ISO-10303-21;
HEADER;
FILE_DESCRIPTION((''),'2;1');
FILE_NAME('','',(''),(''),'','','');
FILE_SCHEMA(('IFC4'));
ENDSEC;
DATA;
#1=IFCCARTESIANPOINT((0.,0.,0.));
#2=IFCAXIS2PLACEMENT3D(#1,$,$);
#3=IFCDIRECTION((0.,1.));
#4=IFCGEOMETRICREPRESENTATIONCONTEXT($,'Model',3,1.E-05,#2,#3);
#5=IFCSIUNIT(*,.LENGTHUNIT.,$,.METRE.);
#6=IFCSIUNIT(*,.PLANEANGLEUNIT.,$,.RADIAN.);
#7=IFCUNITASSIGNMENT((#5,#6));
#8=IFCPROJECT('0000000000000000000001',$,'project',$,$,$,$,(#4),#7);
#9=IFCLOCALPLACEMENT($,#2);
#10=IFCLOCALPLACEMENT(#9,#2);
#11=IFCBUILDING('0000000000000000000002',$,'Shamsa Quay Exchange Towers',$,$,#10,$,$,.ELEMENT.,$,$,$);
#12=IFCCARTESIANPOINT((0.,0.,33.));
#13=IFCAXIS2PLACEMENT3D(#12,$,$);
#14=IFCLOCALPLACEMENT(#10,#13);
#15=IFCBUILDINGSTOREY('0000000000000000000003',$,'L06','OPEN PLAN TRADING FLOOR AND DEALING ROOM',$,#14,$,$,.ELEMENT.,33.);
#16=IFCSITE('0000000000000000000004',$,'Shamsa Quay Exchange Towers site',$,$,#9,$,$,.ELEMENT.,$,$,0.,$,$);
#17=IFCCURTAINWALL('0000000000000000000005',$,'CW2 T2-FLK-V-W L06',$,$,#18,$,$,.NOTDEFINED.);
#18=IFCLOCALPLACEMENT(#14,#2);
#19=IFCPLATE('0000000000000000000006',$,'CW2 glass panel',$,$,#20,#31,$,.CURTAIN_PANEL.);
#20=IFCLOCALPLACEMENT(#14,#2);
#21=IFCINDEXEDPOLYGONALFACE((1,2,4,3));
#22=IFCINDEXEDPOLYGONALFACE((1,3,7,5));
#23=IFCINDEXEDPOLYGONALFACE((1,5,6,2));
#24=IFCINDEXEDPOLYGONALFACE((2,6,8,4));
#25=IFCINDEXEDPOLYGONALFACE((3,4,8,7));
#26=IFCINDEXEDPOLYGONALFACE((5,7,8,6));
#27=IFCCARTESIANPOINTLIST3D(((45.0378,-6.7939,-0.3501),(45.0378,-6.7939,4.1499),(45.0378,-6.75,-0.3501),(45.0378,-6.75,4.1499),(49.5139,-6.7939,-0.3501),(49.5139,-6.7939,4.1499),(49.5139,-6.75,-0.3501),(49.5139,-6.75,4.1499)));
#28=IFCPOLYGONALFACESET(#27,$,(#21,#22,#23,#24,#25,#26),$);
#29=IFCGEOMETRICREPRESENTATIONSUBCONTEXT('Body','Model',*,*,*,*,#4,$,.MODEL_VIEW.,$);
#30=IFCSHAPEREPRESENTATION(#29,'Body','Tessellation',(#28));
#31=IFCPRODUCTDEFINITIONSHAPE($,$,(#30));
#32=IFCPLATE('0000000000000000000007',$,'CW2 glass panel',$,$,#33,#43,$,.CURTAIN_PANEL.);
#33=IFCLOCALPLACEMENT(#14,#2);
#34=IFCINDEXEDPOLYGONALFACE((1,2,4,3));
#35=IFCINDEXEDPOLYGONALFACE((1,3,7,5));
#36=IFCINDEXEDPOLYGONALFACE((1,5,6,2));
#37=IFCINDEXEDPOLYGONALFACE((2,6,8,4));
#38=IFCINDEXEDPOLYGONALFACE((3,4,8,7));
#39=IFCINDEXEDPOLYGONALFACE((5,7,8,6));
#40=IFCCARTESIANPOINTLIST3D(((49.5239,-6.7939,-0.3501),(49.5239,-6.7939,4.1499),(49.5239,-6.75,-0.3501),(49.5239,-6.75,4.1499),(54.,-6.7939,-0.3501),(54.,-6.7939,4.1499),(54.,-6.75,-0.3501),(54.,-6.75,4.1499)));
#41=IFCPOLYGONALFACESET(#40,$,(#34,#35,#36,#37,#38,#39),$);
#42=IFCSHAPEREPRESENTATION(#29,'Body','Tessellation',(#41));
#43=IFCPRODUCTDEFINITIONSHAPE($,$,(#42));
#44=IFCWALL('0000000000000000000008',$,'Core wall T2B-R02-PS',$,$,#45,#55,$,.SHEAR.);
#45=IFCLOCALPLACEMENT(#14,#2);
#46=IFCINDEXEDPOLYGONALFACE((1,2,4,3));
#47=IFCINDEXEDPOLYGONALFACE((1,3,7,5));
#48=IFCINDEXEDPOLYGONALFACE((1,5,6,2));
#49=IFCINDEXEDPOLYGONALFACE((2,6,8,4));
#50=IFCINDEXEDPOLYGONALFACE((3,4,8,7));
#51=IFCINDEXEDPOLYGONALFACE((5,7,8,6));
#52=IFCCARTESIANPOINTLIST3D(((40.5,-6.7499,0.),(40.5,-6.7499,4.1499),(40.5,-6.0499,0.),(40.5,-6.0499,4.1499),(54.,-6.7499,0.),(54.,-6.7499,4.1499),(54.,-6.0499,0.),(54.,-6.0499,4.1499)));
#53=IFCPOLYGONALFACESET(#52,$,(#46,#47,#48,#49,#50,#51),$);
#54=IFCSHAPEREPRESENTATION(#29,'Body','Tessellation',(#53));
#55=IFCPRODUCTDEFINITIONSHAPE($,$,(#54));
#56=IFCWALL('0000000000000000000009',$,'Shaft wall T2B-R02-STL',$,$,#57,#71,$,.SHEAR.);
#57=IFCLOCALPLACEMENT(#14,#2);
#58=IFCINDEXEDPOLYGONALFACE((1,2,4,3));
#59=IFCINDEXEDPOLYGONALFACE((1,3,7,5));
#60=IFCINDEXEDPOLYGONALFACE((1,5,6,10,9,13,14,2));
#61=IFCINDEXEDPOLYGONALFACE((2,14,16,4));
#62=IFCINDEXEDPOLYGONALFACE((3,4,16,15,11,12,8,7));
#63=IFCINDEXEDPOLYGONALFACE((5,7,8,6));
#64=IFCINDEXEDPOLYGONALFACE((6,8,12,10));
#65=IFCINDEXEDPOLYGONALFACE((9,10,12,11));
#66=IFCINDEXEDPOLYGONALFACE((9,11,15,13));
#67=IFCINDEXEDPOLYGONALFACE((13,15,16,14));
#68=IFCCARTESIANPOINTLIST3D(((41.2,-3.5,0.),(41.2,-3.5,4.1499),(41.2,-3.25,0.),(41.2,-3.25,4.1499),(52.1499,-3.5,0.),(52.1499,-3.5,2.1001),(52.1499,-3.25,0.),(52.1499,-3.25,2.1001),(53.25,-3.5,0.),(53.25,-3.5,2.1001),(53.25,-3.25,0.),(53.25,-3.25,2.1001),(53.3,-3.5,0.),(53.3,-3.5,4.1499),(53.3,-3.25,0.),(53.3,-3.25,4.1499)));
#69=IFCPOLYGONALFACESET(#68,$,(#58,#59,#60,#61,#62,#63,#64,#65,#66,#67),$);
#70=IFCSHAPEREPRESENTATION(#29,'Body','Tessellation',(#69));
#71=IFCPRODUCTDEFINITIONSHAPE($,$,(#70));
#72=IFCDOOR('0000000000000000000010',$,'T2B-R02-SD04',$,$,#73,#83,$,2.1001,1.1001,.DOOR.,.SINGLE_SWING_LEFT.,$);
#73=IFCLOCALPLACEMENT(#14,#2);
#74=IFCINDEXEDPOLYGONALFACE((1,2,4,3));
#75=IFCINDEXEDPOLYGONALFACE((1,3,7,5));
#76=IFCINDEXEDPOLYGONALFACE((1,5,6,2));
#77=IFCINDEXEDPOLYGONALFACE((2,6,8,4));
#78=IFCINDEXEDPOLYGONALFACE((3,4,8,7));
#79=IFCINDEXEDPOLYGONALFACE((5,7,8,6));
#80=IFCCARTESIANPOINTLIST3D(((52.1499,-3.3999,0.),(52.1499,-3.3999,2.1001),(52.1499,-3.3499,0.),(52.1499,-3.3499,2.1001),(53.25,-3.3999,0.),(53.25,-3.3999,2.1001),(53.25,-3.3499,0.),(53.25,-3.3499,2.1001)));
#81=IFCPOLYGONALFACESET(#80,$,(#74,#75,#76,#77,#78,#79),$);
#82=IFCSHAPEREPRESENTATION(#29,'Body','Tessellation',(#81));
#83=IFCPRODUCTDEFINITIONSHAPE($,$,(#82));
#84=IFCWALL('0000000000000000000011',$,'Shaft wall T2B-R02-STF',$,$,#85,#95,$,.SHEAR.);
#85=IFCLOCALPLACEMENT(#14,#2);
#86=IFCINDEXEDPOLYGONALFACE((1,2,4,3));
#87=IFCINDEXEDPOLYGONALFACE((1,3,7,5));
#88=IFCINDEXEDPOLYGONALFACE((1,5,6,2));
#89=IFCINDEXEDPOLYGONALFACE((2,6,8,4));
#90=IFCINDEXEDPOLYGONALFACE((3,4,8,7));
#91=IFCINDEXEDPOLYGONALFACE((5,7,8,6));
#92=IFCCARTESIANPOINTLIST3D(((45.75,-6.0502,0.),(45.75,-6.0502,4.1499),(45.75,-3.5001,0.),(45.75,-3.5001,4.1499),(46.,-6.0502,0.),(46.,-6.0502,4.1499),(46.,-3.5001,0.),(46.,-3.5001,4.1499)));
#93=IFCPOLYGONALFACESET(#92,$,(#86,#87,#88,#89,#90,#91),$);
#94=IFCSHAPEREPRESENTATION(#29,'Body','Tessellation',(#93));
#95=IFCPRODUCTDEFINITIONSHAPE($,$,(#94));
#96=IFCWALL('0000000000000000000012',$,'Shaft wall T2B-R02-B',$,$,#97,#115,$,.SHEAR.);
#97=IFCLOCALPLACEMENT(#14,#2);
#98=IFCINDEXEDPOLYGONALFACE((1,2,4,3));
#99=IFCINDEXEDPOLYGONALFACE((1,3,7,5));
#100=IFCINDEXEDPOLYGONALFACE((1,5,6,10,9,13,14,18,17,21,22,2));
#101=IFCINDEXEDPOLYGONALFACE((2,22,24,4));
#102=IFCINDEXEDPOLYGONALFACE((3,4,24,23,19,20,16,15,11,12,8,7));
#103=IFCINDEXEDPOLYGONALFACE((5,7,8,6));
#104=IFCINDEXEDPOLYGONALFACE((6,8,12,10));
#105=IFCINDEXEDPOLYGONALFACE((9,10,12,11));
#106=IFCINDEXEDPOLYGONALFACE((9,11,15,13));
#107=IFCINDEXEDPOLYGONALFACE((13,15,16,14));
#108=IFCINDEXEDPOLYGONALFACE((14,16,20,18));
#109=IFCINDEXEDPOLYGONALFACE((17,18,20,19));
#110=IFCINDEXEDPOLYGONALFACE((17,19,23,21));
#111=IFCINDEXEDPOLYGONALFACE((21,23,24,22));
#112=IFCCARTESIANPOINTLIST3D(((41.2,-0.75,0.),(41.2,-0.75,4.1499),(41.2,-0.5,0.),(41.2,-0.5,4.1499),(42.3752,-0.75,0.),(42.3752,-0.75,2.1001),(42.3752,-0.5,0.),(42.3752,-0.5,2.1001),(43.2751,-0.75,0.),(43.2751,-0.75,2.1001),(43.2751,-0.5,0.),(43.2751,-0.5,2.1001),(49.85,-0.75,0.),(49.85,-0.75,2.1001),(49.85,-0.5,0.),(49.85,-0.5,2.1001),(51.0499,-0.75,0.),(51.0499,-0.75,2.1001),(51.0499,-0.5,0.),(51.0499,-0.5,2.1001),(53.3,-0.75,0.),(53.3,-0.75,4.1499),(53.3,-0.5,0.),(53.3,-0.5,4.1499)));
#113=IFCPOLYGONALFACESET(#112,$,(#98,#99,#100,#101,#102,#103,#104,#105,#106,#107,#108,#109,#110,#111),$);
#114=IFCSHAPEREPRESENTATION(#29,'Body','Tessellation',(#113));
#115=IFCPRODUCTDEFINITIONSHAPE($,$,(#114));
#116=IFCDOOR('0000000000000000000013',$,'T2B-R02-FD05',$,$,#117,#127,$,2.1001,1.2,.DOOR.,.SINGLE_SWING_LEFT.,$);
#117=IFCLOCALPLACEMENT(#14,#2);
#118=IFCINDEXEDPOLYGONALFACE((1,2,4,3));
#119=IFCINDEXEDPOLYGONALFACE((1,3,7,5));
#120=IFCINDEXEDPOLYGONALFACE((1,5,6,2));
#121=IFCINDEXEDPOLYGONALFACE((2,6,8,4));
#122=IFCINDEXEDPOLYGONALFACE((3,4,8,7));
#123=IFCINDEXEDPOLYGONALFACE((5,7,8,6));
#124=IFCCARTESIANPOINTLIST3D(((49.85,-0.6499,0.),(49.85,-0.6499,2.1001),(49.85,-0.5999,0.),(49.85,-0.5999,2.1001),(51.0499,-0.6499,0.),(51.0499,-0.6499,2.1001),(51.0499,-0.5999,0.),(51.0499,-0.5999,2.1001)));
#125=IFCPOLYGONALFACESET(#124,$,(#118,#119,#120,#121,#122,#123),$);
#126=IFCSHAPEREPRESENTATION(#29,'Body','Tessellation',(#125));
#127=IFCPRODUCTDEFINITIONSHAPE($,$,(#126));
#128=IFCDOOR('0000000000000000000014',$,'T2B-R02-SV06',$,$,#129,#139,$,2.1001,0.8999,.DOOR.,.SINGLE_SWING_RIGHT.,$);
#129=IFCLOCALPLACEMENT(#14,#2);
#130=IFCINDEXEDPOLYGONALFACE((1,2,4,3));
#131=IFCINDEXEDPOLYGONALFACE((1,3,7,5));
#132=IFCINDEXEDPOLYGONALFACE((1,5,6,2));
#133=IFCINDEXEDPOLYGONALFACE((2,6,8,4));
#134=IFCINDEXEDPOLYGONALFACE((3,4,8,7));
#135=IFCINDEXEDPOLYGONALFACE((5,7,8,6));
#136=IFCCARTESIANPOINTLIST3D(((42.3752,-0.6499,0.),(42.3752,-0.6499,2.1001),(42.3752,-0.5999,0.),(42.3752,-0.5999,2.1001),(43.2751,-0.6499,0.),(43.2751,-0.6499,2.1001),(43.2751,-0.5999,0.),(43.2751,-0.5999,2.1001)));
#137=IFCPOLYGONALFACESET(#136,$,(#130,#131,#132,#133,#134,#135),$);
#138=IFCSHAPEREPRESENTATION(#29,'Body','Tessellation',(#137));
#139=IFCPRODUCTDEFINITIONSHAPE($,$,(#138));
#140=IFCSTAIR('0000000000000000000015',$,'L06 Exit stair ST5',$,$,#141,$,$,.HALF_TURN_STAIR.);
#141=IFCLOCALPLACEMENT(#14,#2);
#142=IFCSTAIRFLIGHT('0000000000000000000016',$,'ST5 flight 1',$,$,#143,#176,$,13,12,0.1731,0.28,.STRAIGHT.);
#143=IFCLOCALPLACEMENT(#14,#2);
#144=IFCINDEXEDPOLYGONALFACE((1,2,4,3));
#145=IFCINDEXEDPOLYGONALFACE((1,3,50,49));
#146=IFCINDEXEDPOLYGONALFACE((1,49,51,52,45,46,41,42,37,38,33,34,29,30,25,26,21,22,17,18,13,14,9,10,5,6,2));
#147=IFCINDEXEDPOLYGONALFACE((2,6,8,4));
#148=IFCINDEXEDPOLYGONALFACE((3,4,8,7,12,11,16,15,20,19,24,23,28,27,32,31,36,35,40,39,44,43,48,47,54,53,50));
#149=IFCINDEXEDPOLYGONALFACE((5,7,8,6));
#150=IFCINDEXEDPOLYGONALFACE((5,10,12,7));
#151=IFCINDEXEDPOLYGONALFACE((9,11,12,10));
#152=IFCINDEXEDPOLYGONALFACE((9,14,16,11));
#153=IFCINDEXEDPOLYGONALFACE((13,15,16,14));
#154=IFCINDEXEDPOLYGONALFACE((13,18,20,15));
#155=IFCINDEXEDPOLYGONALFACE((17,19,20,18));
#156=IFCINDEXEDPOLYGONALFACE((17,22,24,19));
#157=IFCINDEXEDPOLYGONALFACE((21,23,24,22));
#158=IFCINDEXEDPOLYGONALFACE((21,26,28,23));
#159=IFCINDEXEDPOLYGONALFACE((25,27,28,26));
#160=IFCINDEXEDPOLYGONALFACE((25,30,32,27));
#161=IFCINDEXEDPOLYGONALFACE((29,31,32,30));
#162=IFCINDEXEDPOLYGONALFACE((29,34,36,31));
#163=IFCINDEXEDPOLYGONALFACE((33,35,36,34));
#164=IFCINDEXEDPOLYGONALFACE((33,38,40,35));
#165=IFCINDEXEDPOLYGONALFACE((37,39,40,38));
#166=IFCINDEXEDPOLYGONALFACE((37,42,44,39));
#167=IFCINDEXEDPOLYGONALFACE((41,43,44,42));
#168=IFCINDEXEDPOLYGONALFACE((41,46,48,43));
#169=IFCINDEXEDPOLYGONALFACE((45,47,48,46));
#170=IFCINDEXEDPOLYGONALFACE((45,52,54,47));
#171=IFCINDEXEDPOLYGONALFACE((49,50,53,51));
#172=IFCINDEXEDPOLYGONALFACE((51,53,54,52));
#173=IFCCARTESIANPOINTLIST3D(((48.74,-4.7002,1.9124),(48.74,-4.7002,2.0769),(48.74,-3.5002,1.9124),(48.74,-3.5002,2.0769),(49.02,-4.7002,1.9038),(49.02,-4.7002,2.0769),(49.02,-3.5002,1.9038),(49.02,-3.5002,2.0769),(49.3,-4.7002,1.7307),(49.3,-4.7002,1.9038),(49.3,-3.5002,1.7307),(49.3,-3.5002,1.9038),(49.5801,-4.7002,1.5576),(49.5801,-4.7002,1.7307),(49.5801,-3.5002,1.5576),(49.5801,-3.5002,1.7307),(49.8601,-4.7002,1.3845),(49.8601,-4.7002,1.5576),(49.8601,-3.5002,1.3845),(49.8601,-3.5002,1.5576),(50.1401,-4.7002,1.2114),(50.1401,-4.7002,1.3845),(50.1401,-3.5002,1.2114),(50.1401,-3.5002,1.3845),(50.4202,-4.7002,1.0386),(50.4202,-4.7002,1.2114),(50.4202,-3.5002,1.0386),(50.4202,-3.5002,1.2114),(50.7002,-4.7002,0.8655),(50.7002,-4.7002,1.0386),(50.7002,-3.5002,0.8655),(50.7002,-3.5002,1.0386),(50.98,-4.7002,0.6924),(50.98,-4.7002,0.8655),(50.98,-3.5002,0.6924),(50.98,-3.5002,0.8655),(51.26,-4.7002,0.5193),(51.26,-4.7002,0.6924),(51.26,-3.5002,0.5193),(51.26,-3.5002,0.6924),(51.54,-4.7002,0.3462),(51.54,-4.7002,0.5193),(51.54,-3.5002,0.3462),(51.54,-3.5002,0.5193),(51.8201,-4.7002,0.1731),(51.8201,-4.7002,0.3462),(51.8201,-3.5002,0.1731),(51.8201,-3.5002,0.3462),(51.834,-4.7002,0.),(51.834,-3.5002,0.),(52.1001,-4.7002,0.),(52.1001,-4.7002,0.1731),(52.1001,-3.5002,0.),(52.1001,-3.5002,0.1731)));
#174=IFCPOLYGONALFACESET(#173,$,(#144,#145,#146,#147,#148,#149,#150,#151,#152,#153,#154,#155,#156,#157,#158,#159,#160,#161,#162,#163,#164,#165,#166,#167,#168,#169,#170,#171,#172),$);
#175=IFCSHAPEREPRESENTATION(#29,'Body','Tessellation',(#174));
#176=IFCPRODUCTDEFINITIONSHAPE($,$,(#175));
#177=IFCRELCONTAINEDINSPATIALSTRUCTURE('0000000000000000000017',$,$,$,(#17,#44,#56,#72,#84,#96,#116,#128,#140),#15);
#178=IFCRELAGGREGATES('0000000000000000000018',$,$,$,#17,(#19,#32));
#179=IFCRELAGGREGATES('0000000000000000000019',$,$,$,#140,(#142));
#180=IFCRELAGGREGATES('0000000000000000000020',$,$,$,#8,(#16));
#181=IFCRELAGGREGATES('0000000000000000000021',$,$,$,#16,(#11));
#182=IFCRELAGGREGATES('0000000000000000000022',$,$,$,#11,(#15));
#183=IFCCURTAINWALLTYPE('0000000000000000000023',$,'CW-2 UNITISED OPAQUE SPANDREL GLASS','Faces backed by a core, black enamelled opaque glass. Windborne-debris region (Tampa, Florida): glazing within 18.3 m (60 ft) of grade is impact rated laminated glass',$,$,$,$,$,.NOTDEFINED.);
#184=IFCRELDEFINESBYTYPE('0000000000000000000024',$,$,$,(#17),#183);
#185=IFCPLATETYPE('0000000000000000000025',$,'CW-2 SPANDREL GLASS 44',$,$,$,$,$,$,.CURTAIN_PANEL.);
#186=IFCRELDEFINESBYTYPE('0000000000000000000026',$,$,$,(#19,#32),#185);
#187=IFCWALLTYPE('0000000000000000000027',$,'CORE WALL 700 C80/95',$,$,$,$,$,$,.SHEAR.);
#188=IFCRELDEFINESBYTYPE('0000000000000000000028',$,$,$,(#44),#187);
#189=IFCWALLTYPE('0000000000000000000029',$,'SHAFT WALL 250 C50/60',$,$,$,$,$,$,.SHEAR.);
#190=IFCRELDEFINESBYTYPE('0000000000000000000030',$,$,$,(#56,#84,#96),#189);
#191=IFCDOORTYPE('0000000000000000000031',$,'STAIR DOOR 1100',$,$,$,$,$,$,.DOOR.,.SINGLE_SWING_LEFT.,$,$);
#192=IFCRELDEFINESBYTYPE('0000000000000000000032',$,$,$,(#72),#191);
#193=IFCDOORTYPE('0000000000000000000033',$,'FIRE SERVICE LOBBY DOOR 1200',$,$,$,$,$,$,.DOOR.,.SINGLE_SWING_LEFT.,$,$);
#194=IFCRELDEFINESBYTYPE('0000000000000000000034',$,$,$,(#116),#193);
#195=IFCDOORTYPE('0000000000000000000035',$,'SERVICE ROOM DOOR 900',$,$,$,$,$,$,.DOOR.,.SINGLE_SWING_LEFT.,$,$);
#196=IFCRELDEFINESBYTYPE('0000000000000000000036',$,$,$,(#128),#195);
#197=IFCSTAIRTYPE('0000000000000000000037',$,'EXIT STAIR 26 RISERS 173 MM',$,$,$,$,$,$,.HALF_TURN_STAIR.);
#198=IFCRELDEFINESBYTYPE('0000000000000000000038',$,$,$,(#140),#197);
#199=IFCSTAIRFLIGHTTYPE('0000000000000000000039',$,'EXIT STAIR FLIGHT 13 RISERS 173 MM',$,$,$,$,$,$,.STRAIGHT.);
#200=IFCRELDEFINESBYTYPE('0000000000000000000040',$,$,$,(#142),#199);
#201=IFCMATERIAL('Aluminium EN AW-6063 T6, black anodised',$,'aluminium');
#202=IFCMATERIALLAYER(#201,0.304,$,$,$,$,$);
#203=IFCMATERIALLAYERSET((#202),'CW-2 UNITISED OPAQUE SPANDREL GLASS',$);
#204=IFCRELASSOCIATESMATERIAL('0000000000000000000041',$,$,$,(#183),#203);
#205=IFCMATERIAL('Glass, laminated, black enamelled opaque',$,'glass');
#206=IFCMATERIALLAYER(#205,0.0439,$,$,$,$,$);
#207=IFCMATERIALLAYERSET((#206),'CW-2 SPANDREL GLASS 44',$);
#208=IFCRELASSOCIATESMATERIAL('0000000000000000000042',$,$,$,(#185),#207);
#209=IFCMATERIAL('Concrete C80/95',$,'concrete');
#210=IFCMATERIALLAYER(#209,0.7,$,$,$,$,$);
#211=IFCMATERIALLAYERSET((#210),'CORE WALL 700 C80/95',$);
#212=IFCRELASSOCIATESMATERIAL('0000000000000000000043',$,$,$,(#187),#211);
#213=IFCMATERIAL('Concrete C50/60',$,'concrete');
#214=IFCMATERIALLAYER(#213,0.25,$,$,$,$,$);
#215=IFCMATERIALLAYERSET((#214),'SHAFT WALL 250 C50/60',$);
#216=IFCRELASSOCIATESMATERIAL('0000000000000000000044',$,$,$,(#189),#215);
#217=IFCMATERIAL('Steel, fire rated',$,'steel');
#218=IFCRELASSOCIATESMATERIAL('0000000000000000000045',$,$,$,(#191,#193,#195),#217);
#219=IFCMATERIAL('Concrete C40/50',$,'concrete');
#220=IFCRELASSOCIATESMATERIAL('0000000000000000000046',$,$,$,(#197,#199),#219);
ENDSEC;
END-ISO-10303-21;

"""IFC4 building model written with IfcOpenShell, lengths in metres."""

from ifc_helpers import new_model, si_unit, direction, frame, frame_2d, origin, origin_2d, place, context, subcontext, project, spatial, polyline, rectangle, outline, extrude, material, layer, layer_set, type_object, element, fill, aggregate, save


model = new_model("IFC4")

# Units and contexts
model_context = context("Model", 3, precision=1e-05, world=origin(), true_north=direction((0.0, 1.0)))
body_context = subcontext(model_context, "Body", "Model", "MODEL_VIEW")
ifc_project = project(units=[si_unit("LENGTHUNIT", "METRE"), si_unit("PLANEANGLEUNIT", "RADIAN")], contexts=[model_context])

# Site, building, storey
site_placement = place(None, origin())
site = spatial("IfcSite", under=ifc_project, at=site_placement, Name="Shamsa Quay Exchange Towers site", CompositionType="ELEMENT", RefElevation=0.0)
building_placement = place(site_placement, origin())
building = spatial("IfcBuilding", under=site, at=building_placement, Name="Shamsa Quay Exchange Towers", CompositionType="ELEMENT")
storey_placement = place(building_placement, frame((0.0, 0.0, 33.0)))
storey = spatial("IfcBuildingStorey", under=building, at=storey_placement, Name="L06", Description="OPEN PLAN TRADING FLOOR AND DEALING ROOM", CompositionType="ELEMENT", Elevation=33.0)

# Curtain wall, plates
ifc_material_1 = material(Name="Aluminium EN AW-6063 T6, black anodised", Category="aluminium")
ifc_layer_1 = layer(ifc_material_1, 0.304)
ifc_layer_set_1 = layer_set([ifc_layer_1], Name="CW-2 UNITISED OPAQUE SPANDREL GLASS")
curtain_wall_type = type_object("IfcCurtainWallType", Name="CW-2 UNITISED OPAQUE SPANDREL GLASS", Description="Faces backed by a core, black enamelled opaque glass. Windborne-debris region (Tampa, Florida): glazing within 18.3 m (60 ft) of grade is impact rated laminated glass", PredefinedType="NOTDEFINED", material=ifc_layer_set_1)
curtain_wall_placement = place(storey_placement, origin())
curtain_wall = element("IfcCurtainWall", 1, at=curtain_wall_placement, inside=storey, type_object=curtain_wall_type, Name="CW2 T2-FLK-V-W L06", PredefinedType="NOTDEFINED")
ifc_material_2 = material(Name="Glass, laminated, black enamelled opaque", Category="glass")
ifc_layer_2 = layer(ifc_material_2, 0.0439)
ifc_layer_set_2 = layer_set([ifc_layer_2], Name="CW-2 SPANDREL GLASS 44")
plate_type = type_object("IfcPlateType", Name="CW-2 SPANDREL GLASS 44", PredefinedType="CURTAIN_PANEL", material=ifc_layer_set_2)
plate_1_placement = place(storey_placement, frame((47.2759, -6.772, -0.3501)))
plate_1 = element("IfcPlate", 2, at=plate_1_placement, type_object=plate_type, Name="CW2 glass panel", PredefinedType="CURTAIN_PANEL", context=body_context, shape_type="SweptSolid", body=[
    extrude(rectangle(XDim=4.4761, YDim=0.0439, at=origin_2d()), origin(), (0.0, 0.0, 1.0), 4.5),
])
plate_2_placement = place(storey_placement, frame((51.762, -6.772, -0.3501)))
plate_2 = element("IfcPlate", 3, at=plate_2_placement, type_object=plate_type, Name="CW2 glass panel", PredefinedType="CURTAIN_PANEL", context=body_context, shape_type="SweptSolid", body=[
    extrude(rectangle(XDim=4.4761, YDim=0.0439, at=origin_2d()), origin(), (0.0, 0.0, 1.0), 4.5),
])
aggregate(curtain_wall, [plate_1, plate_2])

# Wall
ifc_material_3 = material(Name="Concrete C80/95", Category="concrete")
ifc_layer_3 = layer(ifc_material_3, 0.7)
ifc_layer_set_3 = layer_set([ifc_layer_3], Name="CORE WALL 700 C80/95")
wall_type_1 = type_object("IfcWallType", Name="CORE WALL 700 C80/95", PredefinedType="SHEAR", material=ifc_layer_set_3)
wall_1_placement = place(storey_placement, frame((54.0, -6.3999, 0.0), z_axis=(0.0, 0.0, 1.0), x_axis=(-1.0, 0.0, 0.0)))
element("IfcWall", 4, at=wall_1_placement, inside=storey, type_object=wall_type_1, Name="Core wall T2B-R02-PS", PredefinedType="SHEAR", context=body_context, shape_type="SweptSolid", body=[
    extrude(rectangle(XDim=13.5, YDim=0.7, at=frame_2d((6.75, 0.0))), origin(), (0.0, 0.0, 1.0), 4.1499),
])

# Wall, opening, door
ifc_material_4 = material(Name="Steel, fire rated", Category="steel")
ifc_material_5 = material(Name="Concrete C50/60", Category="concrete")
ifc_layer_4 = layer(ifc_material_5, 0.25)
ifc_layer_set_4 = layer_set([ifc_layer_4], Name="SHAFT WALL 250 C50/60")
wall_type_2 = type_object("IfcWallType", Name="SHAFT WALL 250 C50/60", PredefinedType="SHEAR", material=ifc_layer_set_4)
wall_2_placement = place(storey_placement, frame((53.3, -3.375, 0.0), z_axis=(0.0, 0.0, 1.0), x_axis=(-1.0, 0.0, 0.0)))
wall_2 = element("IfcWall", 5, at=wall_2_placement, inside=storey, type_object=wall_type_2, Name="Shaft wall T2B-R02-STL", PredefinedType="SHEAR", context=body_context, shape_type="SweptSolid", body=[
    extrude(rectangle(XDim=12.1001, YDim=0.25, at=frame_2d((6.05, 0.0))), origin(), (0.0, 0.0, 1.0), 4.1499),
])
opening_1_placement = place(wall_2_placement, frame((0.05, 0.0, 0.0)))
opening_1 = element("IfcOpeningElement", 6, at=opening_1_placement, cuts=wall_2, PredefinedType="OPENING", context=body_context, shape_type="SweptSolid", body=[
    extrude(rectangle(XDim=1.1001, YDim=2.1001, at=frame_2d((0.55, 1.05))), frame((0.0, 0.135, 0.0), z_axis=(0.0, -1.0, 0.0), x_axis=(1.0, 0.0, 0.0)), (0.0, 0.0, 1.0), 0.27),
])
door_type_1 = type_object("IfcDoorType", Name="STAIR DOOR 1100", OperationType="SINGLE_SWING_LEFT", PredefinedType="DOOR", material=ifc_material_4)
door_1_placement = place(opening_1_placement, origin())
door_1 = element("IfcDoor", 7, at=door_1_placement, inside=storey, type_object=door_type_1, Name="T2B-R02-SD04", OperationType="SINGLE_SWING_LEFT", OverallHeight=2.1001, OverallWidth=1.1001, PredefinedType="DOOR", context=body_context, shape_type="SweptSolid", body=[
    extrude(rectangle(XDim=1.1001, YDim=2.1001, at=frame_2d((0.55, 1.05))), frame((0.0, 0.0249, 0.0), z_axis=(0.0, -1.0, 0.0), x_axis=(1.0, 0.0, 0.0)), (0.0, 0.0, 1.0), 0.05),
])
fill(opening_1, door_1)

# Wall
wall_3_placement = place(storey_placement, frame((45.875, -6.05, 0.0), z_axis=(0.0, 0.0, 1.0), x_axis=(0.0, 1.0, 0.0)))
element("IfcWall", 8, at=wall_3_placement, inside=storey, type_object=wall_type_2, Name="Shaft wall T2B-R02-STF", PredefinedType="SHEAR", context=body_context, shape_type="SweptSolid", body=[
    extrude(rectangle(XDim=2.55, YDim=0.25, at=frame_2d((1.2749, 0.0))), origin(), (0.0, 0.0, 1.0), 4.1499),
])

# Wall, openings, doors
wall_4_placement = place(storey_placement, frame((53.3, -0.625, 0.0), z_axis=(0.0, 0.0, 1.0), x_axis=(-1.0, 0.0, 0.0)))
wall_4 = element("IfcWall", 9, at=wall_4_placement, inside=storey, type_object=wall_type_2, Name="Shaft wall T2B-R02-B", PredefinedType="SHEAR", context=body_context, shape_type="SweptSolid", body=[
    extrude(rectangle(XDim=12.1001, YDim=0.25, at=frame_2d((6.05, 0.0))), origin(), (0.0, 0.0, 1.0), 4.1499),
])
opening_2_placement = place(wall_4_placement, frame((2.25, 0.0, 0.0)))
opening_2 = element("IfcOpeningElement", 10, at=opening_2_placement, cuts=wall_4, PredefinedType="OPENING", context=body_context, shape_type="SweptSolid", body=[
    extrude(rectangle(XDim=1.2, YDim=2.1001, at=frame_2d((0.6001, 1.05))), frame((0.0, 0.135, 0.0), z_axis=(0.0, -1.0, 0.0), x_axis=(1.0, 0.0, 0.0)), (0.0, 0.0, 1.0), 0.27),
])
opening_3_placement = place(wall_4_placement, frame((10.0249, 0.0, 0.0)))
opening_3 = element("IfcOpeningElement", 11, at=opening_3_placement, cuts=wall_4, PredefinedType="OPENING", context=body_context, shape_type="SweptSolid", body=[
    extrude(rectangle(XDim=0.8999, YDim=2.1001, at=frame_2d((0.45, 1.05))), frame((0.0, 0.135, 0.0), z_axis=(0.0, -1.0, 0.0), x_axis=(1.0, 0.0, 0.0)), (0.0, 0.0, 1.0), 0.27),
])
door_type_2 = type_object("IfcDoorType", Name="FIRE SERVICE LOBBY DOOR 1200", OperationType="SINGLE_SWING_LEFT", PredefinedType="DOOR", material=ifc_material_4)
door_2_placement = place(opening_2_placement, origin())
door_2 = element("IfcDoor", 12, at=door_2_placement, inside=storey, type_object=door_type_2, Name="T2B-R02-FD05", OperationType="SINGLE_SWING_LEFT", OverallHeight=2.1001, OverallWidth=1.2, PredefinedType="DOOR", context=body_context, shape_type="SweptSolid", body=[
    extrude(rectangle(XDim=1.2, YDim=2.1001, at=frame_2d((0.6001, 1.05))), frame((0.0, 0.0249, 0.0), z_axis=(0.0, -1.0, 0.0), x_axis=(1.0, 0.0, 0.0)), (0.0, 0.0, 1.0), 0.05),
])
fill(opening_2, door_2)
door_type_3 = type_object("IfcDoorType", Name="SERVICE ROOM DOOR 900", OperationType="SINGLE_SWING_LEFT", PredefinedType="DOOR", material=ifc_material_4)
door_3_placement = place(opening_3_placement, origin())
door_3 = element("IfcDoor", 13, at=door_3_placement, inside=storey, type_object=door_type_3, Name="T2B-R02-SV06", OperationType="SINGLE_SWING_RIGHT", OverallHeight=2.1001, OverallWidth=0.8999, PredefinedType="DOOR", context=body_context, shape_type="SweptSolid", body=[
    extrude(rectangle(XDim=0.8999, YDim=2.1001, at=frame_2d((0.45, 1.05))), frame((0.0, 0.0249, 0.0), z_axis=(0.0, -1.0, 0.0), x_axis=(1.0, 0.0, 0.0)), (0.0, 0.0, 1.0), 0.05),
])
fill(opening_3, door_3)

# Stair, stair flight
ifc_material_6 = material(Name="Concrete C40/50", Category="concrete")
stair_type = type_object("IfcStairType", Name="EXIT STAIR 26 RISERS 173 MM", PredefinedType="HALF_TURN_STAIR", material=ifc_material_6)
stair_placement = place(storey_placement, origin())
stair = element("IfcStair", 14, at=stair_placement, inside=storey, type_object=stair_type, Name="L06 Exit stair ST5", PredefinedType="HALF_TURN_STAIR")
stair_flight_type = type_object("IfcStairFlightType", Name="EXIT STAIR FLIGHT 13 RISERS 173 MM", PredefinedType="STRAIGHT", material=ifc_material_6)
stair_flight_1_placement = place(storey_placement, frame((52.1001, -4.1001, 0.0), z_axis=(0.0, 0.0, 1.0), x_axis=(-1.0, 0.0, 0.0)))
stair_flight_1 = element("IfcStairFlight", 15, at=stair_flight_1_placement, type_object=stair_flight_type, Name="ST5 flight 1", NumberOfRisers=13, NumberOfTreads=12, PredefinedType="STRAIGHT", RiserHeight=0.1731, TreadLength=0.28, context=body_context, shape_type="SweptSolid", body=[
    extrude(outline(polyline([(0.0, 0.0), (0.0, 0.1731), (0.28, 0.1731), (0.28, 0.3462), (0.5601, 0.3462), (0.5601, 0.5193), (0.8401, 0.5193), (0.8401, 0.6924), (1.1201, 0.6924), (1.1201, 0.8655), (1.3999, 0.8655), (1.3999, 1.0386), (1.6799, 1.0386), (1.6799, 1.2114), (1.96, 1.2114), (1.96, 1.3845), (2.24, 1.3845), (2.24, 1.5576), (2.52, 1.5576), (2.52, 1.7307), (2.8, 1.7307), (2.8, 1.9038), (3.0801, 1.9038), (3.0801, 2.0769), (3.3601, 2.0769), (3.3601, 2.25), (3.3601, 1.9124), (0.2661, 0.0), (0.0, 0.0)])), frame((0.0, 0.6001, 0.0), z_axis=(0.0, -1.0, 0.0), x_axis=(1.0, 0.0, 0.0)), (0.0, 0.0, 1.0), 1.2),
])
aggregate(stair, [stair_flight_1])

save(model, "model.ifc")
